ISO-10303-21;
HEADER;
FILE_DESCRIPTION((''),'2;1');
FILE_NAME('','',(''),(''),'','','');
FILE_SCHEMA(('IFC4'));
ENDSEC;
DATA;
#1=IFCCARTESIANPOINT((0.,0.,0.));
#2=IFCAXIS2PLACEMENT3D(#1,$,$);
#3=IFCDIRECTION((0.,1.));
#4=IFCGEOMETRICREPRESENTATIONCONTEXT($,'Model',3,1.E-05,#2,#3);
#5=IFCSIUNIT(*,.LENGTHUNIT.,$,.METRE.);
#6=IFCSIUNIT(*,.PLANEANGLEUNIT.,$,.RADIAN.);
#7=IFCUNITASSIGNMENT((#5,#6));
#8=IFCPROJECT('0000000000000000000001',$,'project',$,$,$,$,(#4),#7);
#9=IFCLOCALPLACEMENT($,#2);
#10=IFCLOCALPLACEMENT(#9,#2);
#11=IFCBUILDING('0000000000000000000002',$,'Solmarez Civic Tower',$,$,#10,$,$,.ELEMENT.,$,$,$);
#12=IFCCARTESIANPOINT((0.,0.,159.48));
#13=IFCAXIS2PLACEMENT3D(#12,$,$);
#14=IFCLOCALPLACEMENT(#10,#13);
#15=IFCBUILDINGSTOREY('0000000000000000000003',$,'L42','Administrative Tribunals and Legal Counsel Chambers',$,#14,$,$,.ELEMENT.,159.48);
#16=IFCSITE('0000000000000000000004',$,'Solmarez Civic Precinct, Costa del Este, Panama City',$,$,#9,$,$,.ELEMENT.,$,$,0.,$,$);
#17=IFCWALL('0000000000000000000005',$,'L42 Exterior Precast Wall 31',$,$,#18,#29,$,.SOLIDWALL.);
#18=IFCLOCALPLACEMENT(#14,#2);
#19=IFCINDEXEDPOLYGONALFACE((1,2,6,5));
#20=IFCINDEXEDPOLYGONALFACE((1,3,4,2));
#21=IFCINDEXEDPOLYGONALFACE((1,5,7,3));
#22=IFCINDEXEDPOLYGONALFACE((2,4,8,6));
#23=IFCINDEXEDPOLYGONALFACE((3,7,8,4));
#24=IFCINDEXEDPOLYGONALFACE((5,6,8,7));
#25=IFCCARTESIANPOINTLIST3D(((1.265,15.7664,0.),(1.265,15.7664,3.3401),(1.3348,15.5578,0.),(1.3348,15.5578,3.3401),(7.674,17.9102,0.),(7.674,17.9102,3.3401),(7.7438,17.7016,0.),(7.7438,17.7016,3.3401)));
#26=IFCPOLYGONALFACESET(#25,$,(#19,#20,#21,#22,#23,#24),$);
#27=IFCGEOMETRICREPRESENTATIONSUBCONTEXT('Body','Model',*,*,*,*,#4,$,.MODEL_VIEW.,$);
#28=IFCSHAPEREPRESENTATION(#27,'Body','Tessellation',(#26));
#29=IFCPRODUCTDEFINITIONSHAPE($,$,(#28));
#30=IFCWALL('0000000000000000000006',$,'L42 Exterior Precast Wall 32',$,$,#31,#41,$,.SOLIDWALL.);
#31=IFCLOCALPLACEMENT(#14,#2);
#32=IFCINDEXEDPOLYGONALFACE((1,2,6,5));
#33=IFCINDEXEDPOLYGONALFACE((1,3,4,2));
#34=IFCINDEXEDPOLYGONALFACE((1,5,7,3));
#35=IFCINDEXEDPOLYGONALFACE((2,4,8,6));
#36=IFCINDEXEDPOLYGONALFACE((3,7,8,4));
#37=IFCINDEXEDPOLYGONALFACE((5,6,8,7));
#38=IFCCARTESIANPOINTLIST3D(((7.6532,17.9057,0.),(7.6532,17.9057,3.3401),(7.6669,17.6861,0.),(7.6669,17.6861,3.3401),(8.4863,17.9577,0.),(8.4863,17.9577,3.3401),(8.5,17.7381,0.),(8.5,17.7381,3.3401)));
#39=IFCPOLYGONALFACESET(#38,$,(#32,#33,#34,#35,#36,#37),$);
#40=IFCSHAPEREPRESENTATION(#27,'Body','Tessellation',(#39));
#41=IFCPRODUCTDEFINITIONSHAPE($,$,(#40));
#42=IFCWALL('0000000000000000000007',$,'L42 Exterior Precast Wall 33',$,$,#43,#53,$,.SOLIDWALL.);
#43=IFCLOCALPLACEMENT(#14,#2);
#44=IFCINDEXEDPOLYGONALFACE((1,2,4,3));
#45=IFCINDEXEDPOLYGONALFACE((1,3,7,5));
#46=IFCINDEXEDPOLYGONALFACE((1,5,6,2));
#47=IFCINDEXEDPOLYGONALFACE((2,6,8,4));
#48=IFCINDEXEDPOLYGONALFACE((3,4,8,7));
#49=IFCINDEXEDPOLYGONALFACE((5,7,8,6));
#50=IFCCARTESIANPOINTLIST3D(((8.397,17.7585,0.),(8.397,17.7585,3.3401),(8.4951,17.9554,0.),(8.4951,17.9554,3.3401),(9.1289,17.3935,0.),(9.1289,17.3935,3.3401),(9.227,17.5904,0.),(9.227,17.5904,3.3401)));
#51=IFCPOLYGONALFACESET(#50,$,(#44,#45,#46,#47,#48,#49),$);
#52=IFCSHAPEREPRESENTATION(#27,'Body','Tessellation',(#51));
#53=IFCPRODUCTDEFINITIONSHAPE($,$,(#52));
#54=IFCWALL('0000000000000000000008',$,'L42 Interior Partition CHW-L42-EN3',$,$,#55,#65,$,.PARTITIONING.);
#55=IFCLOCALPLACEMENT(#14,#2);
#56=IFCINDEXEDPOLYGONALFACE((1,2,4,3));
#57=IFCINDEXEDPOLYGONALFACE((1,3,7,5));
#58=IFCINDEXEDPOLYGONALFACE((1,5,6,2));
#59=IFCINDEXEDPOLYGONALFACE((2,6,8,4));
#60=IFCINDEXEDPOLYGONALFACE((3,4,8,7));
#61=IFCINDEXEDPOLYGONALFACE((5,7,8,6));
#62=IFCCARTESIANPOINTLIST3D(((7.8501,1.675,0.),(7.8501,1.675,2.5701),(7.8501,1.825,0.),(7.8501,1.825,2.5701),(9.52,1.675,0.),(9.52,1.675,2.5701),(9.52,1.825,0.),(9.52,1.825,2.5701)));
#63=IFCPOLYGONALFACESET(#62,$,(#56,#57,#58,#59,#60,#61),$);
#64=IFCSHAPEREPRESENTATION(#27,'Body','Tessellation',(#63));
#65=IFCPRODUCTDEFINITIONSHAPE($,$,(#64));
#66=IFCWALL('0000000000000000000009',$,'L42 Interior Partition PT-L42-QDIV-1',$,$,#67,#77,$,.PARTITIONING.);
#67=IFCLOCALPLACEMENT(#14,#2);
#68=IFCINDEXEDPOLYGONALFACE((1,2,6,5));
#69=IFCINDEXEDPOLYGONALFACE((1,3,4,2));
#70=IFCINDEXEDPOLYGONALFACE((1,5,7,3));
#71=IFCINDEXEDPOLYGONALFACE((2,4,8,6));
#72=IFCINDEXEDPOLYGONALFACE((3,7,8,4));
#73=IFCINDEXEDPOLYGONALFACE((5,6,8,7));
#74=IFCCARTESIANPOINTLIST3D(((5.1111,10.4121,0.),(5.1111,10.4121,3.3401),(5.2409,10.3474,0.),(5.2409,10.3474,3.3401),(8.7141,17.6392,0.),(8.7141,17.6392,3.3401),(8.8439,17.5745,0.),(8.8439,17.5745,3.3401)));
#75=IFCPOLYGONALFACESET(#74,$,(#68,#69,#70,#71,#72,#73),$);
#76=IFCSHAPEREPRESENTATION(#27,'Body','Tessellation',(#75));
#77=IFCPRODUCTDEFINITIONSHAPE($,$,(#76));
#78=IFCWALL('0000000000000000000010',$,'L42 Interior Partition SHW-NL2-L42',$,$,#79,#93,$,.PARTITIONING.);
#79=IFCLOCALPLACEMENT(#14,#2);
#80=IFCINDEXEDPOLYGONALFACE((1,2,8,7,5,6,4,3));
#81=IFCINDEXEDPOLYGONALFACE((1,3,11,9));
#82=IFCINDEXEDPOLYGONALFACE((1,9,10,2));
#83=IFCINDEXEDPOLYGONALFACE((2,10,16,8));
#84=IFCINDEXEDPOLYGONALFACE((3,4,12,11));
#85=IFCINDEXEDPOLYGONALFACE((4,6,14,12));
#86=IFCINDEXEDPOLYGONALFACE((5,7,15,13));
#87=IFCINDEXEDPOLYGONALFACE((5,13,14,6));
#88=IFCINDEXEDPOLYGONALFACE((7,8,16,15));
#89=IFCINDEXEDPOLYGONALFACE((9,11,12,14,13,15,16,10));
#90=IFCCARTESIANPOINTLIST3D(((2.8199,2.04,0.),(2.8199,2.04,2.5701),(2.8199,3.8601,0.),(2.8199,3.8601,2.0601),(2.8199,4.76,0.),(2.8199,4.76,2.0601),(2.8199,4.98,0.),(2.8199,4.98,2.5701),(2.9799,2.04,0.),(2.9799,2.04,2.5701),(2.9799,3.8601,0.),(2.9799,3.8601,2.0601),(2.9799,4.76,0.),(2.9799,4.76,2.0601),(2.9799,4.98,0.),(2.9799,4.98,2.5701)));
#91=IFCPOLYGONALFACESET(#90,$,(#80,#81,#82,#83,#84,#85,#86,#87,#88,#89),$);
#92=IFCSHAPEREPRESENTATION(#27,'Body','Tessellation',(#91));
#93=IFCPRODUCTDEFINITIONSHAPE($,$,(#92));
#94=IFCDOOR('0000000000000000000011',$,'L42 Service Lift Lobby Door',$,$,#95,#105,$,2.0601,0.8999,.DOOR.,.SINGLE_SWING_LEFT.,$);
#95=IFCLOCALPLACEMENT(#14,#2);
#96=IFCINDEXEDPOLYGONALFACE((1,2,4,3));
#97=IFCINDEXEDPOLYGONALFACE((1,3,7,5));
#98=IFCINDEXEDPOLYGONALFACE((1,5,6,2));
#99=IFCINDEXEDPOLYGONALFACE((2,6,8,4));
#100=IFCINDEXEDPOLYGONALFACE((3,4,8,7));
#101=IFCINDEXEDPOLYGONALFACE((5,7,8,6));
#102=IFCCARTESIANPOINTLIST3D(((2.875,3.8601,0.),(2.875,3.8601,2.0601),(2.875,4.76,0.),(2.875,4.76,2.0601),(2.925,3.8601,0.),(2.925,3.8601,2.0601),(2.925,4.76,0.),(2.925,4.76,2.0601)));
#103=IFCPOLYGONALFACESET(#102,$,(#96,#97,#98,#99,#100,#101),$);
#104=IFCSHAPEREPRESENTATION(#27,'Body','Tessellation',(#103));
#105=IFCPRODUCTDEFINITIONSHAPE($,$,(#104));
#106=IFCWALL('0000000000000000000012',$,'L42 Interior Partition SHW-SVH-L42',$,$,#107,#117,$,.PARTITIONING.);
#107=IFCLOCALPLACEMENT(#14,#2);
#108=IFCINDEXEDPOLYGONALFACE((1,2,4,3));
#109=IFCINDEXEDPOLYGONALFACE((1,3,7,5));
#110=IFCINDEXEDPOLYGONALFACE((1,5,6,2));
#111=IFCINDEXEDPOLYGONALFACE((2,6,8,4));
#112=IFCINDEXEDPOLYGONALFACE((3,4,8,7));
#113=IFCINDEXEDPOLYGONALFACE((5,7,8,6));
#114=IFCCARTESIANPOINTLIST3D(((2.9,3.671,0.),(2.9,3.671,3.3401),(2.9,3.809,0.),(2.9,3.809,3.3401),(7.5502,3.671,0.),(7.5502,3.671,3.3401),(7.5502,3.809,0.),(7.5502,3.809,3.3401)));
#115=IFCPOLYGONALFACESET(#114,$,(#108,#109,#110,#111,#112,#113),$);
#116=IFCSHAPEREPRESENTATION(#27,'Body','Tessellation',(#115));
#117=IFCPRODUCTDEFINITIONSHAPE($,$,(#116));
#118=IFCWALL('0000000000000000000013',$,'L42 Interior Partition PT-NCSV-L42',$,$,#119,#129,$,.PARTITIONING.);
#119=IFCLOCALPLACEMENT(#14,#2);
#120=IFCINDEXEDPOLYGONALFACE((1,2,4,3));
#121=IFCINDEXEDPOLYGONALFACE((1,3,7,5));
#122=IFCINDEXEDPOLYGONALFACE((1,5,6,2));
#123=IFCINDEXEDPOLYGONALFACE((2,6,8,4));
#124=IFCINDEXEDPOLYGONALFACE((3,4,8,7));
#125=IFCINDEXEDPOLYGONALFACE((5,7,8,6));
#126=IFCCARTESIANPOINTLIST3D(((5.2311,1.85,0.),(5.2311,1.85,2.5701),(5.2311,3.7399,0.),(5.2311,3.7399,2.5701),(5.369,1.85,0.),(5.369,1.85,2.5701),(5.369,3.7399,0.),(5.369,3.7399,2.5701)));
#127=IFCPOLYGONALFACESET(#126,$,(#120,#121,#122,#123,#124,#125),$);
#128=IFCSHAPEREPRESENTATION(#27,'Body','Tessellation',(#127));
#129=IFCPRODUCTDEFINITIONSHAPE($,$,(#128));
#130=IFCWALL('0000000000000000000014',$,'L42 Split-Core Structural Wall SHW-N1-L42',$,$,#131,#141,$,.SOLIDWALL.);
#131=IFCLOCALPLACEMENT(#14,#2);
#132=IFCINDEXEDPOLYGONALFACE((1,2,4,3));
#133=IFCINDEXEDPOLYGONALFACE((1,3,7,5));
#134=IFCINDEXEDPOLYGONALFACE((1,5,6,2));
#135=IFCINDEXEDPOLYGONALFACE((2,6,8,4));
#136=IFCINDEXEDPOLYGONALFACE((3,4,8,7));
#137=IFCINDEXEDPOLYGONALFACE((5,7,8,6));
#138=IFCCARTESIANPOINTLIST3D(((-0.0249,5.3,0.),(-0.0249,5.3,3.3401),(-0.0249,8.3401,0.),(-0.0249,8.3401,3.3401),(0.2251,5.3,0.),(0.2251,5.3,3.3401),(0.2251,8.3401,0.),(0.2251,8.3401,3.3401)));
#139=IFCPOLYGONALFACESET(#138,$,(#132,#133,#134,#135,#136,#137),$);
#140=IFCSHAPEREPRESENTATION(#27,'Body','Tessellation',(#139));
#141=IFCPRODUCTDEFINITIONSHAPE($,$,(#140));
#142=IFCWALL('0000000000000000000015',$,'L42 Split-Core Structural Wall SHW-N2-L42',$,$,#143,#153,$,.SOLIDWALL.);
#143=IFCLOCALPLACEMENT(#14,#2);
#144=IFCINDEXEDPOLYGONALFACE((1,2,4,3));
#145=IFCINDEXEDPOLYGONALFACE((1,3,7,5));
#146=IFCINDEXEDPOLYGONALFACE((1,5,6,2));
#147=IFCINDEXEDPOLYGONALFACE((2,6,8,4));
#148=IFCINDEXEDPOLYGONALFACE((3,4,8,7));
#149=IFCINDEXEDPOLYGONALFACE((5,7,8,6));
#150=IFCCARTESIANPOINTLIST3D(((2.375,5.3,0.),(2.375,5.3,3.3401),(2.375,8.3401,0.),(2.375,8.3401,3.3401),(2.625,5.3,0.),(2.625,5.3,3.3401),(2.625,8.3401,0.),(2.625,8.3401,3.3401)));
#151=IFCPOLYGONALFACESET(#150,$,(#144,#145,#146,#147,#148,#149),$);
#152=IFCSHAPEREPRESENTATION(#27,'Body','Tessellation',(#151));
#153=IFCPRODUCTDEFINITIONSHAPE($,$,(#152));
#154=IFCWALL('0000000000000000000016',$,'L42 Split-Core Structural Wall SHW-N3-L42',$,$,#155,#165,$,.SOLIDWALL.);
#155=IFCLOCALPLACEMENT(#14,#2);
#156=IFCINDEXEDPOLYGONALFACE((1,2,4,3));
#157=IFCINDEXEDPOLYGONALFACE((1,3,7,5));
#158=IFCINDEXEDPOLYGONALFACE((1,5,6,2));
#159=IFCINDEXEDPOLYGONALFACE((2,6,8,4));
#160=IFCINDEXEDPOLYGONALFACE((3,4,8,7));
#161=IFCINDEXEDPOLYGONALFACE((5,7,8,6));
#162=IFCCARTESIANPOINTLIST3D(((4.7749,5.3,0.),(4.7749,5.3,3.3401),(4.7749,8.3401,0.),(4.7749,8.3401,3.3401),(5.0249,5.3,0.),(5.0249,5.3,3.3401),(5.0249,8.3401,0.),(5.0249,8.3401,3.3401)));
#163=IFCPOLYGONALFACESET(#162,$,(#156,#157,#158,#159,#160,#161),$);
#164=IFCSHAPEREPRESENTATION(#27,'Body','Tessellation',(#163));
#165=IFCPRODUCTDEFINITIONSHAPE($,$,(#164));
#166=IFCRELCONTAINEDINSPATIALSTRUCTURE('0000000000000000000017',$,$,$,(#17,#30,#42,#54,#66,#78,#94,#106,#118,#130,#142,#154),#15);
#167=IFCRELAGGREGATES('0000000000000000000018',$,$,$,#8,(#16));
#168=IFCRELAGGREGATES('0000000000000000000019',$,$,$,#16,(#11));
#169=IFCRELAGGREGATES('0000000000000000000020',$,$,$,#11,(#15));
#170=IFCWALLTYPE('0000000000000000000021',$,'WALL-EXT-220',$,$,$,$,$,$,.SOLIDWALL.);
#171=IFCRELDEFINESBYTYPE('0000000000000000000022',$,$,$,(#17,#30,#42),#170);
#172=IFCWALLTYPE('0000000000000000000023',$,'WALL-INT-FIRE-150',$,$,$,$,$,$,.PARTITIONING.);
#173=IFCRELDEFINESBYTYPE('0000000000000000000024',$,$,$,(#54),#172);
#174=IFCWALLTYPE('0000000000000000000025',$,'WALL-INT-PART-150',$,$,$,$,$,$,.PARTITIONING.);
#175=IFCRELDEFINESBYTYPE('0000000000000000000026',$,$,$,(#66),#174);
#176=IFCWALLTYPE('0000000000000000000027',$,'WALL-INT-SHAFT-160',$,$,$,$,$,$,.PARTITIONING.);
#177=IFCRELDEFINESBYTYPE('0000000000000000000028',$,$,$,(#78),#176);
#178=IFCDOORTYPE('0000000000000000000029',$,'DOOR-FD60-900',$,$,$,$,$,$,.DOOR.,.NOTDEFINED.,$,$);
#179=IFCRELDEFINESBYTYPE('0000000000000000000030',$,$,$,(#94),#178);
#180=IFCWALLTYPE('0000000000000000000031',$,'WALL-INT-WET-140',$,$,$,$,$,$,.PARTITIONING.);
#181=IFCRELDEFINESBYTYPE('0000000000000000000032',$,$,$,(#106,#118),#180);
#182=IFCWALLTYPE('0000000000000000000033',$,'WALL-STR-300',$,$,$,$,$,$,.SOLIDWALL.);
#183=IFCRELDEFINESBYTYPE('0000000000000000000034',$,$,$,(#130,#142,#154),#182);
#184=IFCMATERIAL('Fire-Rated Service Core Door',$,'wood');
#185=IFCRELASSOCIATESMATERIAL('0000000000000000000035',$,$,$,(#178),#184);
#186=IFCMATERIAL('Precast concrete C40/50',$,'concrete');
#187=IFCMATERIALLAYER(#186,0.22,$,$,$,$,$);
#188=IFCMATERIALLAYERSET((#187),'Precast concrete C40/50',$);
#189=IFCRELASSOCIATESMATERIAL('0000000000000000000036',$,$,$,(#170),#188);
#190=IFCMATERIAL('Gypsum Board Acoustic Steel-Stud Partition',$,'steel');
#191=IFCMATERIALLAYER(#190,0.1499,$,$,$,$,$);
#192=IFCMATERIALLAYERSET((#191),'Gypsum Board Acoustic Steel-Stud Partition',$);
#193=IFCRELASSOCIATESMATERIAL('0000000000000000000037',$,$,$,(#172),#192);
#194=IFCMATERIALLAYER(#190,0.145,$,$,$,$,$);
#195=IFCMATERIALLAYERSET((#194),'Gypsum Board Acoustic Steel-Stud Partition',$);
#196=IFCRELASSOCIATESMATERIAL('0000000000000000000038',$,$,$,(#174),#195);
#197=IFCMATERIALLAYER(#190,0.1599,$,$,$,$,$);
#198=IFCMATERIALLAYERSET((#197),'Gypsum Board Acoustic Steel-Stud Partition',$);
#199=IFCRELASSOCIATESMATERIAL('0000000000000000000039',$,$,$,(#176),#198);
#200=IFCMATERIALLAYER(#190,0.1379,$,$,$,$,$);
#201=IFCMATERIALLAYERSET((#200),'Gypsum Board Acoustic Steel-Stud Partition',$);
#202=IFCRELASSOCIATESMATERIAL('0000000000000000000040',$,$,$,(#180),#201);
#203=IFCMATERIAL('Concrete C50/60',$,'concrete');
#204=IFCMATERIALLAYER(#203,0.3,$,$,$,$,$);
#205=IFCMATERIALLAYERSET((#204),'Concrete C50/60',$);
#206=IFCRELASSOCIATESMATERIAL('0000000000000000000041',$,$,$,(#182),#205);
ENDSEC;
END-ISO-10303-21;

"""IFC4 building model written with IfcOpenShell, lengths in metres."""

from ifc_helpers import new_model, si_unit, direction, frame, frame_2d, origin, place, context, subcontext, project, spatial, rectangle, extrude, material, layer, layer_set, type_object, element, fill, save


model = new_model("IFC4")

# Units and contexts
model_context = context("Model", 3, precision=1e-05, world=origin(), true_north=direction((0.0, 1.0)))
body_context = subcontext(model_context, "Body", "Model", "MODEL_VIEW")
ifc_project = project(units=[si_unit("LENGTHUNIT", "METRE"), si_unit("PLANEANGLEUNIT", "RADIAN")], contexts=[model_context])

# Site, building, storey
site_placement = place(None, origin())
site = spatial("IfcSite", under=ifc_project, at=site_placement, Name="Solmarez Civic Precinct, Costa del Este, Panama City", CompositionType="ELEMENT", RefElevation=0.0)
building_placement = place(site_placement, origin())
building = spatial("IfcBuilding", under=site, at=building_placement, Name="Solmarez Civic Tower", CompositionType="ELEMENT")
storey_placement = place(building_placement, frame((0.0, 0.0, 159.48)))
storey = spatial("IfcBuildingStorey", under=building, at=storey_placement, Name="L42", Description="Administrative Tribunals and Legal Counsel Chambers", CompositionType="ELEMENT", Elevation=159.48)

# Shared definitions
ifc_material_1 = material(Name="Concrete C50/60", Category="concrete")

# Shared definitions
ifc_material_2 = material(Name="Fire-Rated Service Core Door", Category="wood")
door_type_1 = type_object("IfcDoorType", Name="DOOR-FD60-900", OperationType="NOTDEFINED", PredefinedType="DOOR", material=ifc_material_2)

# Walls
ifc_material_3 = material(Name="Precast concrete C40/50", Category="concrete")
ifc_layer_1 = layer(ifc_material_3, 0.22)
ifc_layer_set_1 = layer_set([ifc_layer_1], Name="Precast concrete C40/50")
wall_type_1 = type_object("IfcWallType", Name="WALL-EXT-220", PredefinedType="SOLIDWALL", material=ifc_layer_set_1)
wall_1_placement = place(storey_placement, frame((1.3, 15.6621, 0.0), z_axis=(0.0, 0.0, 1.0), x_axis=(0.94835, 0.317225, 0.0)))
element("IfcWall", 1, at=wall_1_placement, inside=storey, type_object=wall_type_1, Name="L42 Exterior Precast Wall 31", PredefinedType="SOLIDWALL", context=body_context, shape_type="SweptSolid", body=[
    extrude(rectangle(XDim=6.7581, YDim=0.22, at=frame_2d((3.3789, 0.0))), origin(), (0.0, 0.0, 1.0), 3.3401),
])
wall_2_placement = place(storey_placement, frame((7.6599, 17.7959, 0.0), z_axis=(0.0, 0.0, 1.0), x_axis=(0.998057, 0.062305, 0.0)))
element("IfcWall", 2, at=wall_2_placement, inside=storey, type_object=wall_type_1, Name="L42 Exterior Precast Wall 32", PredefinedType="SOLIDWALL", context=body_context, shape_type="SweptSolid", body=[
    extrude(rectangle(XDim=0.8347, YDim=0.22, at=frame_2d((0.4175, 0.0))), origin(), (0.0, 0.0, 1.0), 3.3401),
])
wall_3_placement = place(storey_placement, frame((8.446, 17.8569, 0.0), z_axis=(0.0, 0.0, 1.0), x_axis=(0.894904, -0.446258, 0.0)))
element("IfcWall", 3, at=wall_3_placement, inside=storey, type_object=wall_type_1, Name="L42 Exterior Precast Wall 33", PredefinedType="SOLIDWALL", context=body_context, shape_type="SweptSolid", body=[
    extrude(rectangle(XDim=0.8179, YDim=0.22, at=frame_2d((0.4089, 0.0))), origin(), (0.0, 0.0, 1.0), 3.3401),
])
ifc_material_4 = material(Name="Gypsum Board Acoustic Steel-Stud Partition", Category="steel")
ifc_layer_2 = layer(ifc_material_4, 0.1499)
ifc_layer_set_2 = layer_set([ifc_layer_2], Name="Gypsum Board Acoustic Steel-Stud Partition")
wall_type_2 = type_object("IfcWallType", Name="WALL-INT-FIRE-150", PredefinedType="PARTITIONING", material=ifc_layer_set_2)
wall_4_placement = place(storey_placement, frame((7.8501, 1.75, 0.0), z_axis=(0.0, 0.0, 1.0), x_axis=(1.0, 0.0, 0.0)))
element("IfcWall", 4, at=wall_4_placement, inside=storey, type_object=wall_type_2, Name="L42 Interior Partition CHW-L42-EN3", PredefinedType="PARTITIONING", context=body_context, shape_type="SweptSolid", body=[
    extrude(rectangle(XDim=1.6699, YDim=0.1499, at=frame_2d((0.835, 0.0))), origin(), (0.0, 0.0, 1.0), 2.5701),
])
ifc_layer_3 = layer(ifc_material_4, 0.145)
ifc_layer_set_3 = layer_set([ifc_layer_3], Name="Gypsum Board Acoustic Steel-Stud Partition")
wall_type_3 = type_object("IfcWallType", Name="WALL-INT-PART-150", PredefinedType="PARTITIONING", material=ifc_layer_set_3)
wall_5_placement = place(storey_placement, frame((5.176, 10.3799, 0.0), z_axis=(0.0, 0.0, 1.0), x_axis=(0.446173, 0.894947, 0.0)))
element("IfcWall", 5, at=wall_5_placement, inside=storey, type_object=wall_type_3, Name="L42 Interior Partition PT-L42-QDIV-1", PredefinedType="PARTITIONING", context=body_context, shape_type="SweptSolid", body=[
    extrude(rectangle(XDim=8.0754, YDim=0.145, at=frame_2d((4.0376, 0.0))), origin(), (0.0, 0.0, 1.0), 3.3401),
])

# Wall, opening, door
ifc_layer_4 = layer(ifc_material_4, 0.1599)
ifc_layer_set_4 = layer_set([ifc_layer_4], Name="Gypsum Board Acoustic Steel-Stud Partition")
wall_type_4 = type_object("IfcWallType", Name="WALL-INT-SHAFT-160", PredefinedType="PARTITIONING", material=ifc_layer_set_4)
wall_6_placement = place(storey_placement, frame((2.8999, 2.04, 0.0), z_axis=(0.0, 0.0, 1.0), x_axis=(0.0, 1.0, 0.0)))
wall_6 = element("IfcWall", 6, at=wall_6_placement, inside=storey, type_object=wall_type_4, Name="L42 Interior Partition SHW-NL2-L42", PredefinedType="PARTITIONING", context=body_context, shape_type="SweptSolid", body=[
    extrude(rectangle(XDim=2.9399, YDim=0.1599, at=frame_2d((1.47, 0.0))), origin(), (0.0, 0.0, 1.0), 2.5701),
])
opening_1_placement = place(wall_6_placement, frame((1.8201, 0.0, 0.0)))
opening_1 = element("IfcOpeningElement", 7, at=opening_1_placement, cuts=wall_6, PredefinedType="OPENING", context=body_context, shape_type="SweptSolid", body=[
    extrude(rectangle(XDim=0.8999, YDim=2.0601, at=frame_2d((0.45, 1.03))), frame((0.0, 0.0898, 0.0), z_axis=(0.0, -1.0, 0.0), x_axis=(1.0, 0.0, 0.0)), (0.0, 0.0, 1.0), 0.1799),
])
door_1_placement = place(opening_1_placement, origin())
door_1 = element("IfcDoor", 8, at=door_1_placement, inside=storey, type_object=door_type_1, Name="L42 Service Lift Lobby Door", OperationType="SINGLE_SWING_LEFT", OverallHeight=2.0601, OverallWidth=0.8999, PredefinedType="DOOR", context=body_context, shape_type="SweptSolid", body=[
    extrude(rectangle(XDim=0.8999, YDim=2.0601, at=frame_2d((0.45, 1.03))), frame((0.0, 0.0249, 0.0), z_axis=(0.0, -1.0, 0.0), x_axis=(1.0, 0.0, 0.0)), (0.0, 0.0, 1.0), 0.05),
])
fill(opening_1, door_1)

# Walls
ifc_layer_5 = layer(ifc_material_4, 0.1379)
ifc_layer_set_5 = layer_set([ifc_layer_5], Name="Gypsum Board Acoustic Steel-Stud Partition")
wall_type_5 = type_object("IfcWallType", Name="WALL-INT-WET-140", PredefinedType="PARTITIONING", material=ifc_layer_set_5)
wall_7_placement = place(storey_placement, frame((2.8999, 3.74, 0.0), z_axis=(0.0, 0.0, 1.0), x_axis=(1.0, 0.0, 0.0)))
element("IfcWall", 9, at=wall_7_placement, inside=storey, type_object=wall_type_5, Name="L42 Interior Partition SHW-SVH-L42", PredefinedType="PARTITIONING", context=body_context, shape_type="SweptSolid", body=[
    extrude(rectangle(XDim=4.6501, YDim=0.1379, at=frame_2d((2.3252, 0.0))), origin(), (0.0, 0.0, 1.0), 3.3401),
])
wall_8_placement = place(storey_placement, frame((5.3, 1.8501, 0.0), z_axis=(0.0, 0.0, 1.0), x_axis=(0.0, 1.0, 0.0)))
element("IfcWall", 10, at=wall_8_placement, inside=storey, type_object=wall_type_5, Name="L42 Interior Partition PT-NCSV-L42", PredefinedType="PARTITIONING", context=body_context, shape_type="SweptSolid", body=[
    extrude(rectangle(XDim=1.8899, YDim=0.1379, at=frame_2d((0.9448, 0.0))), origin(), (0.0, 0.0, 1.0), 2.5701),
])

# Shared definitions
ifc_layer_6 = layer(ifc_material_1, 0.3)
ifc_layer_set_6 = layer_set([ifc_layer_6], Name="Concrete C50/60")
wall_type_6 = type_object("IfcWallType", Name="WALL-STR-300", PredefinedType="SOLIDWALL", material=ifc_layer_set_6)

# Walls
for number, where, z_axis, x_axis, name in (
    (11, (0.1001, 5.3, 0.0), (0.0, 0.0, 1.0), (0.0, 1.0, 0.0), "L42 Split-Core Structural Wall SHW-N1-L42"),
    (12, (2.5, 5.3, 0.0), (0.0, 0.0, 1.0), (0.0, 1.0, 0.0), "L42 Split-Core Structural Wall SHW-N2-L42"),
    (13, (4.8999, 5.3, 0.0), (0.0, 0.0, 1.0), (0.0, 1.0, 0.0), "L42 Split-Core Structural Wall SHW-N3-L42"),
):
    element("IfcWall", number, at=place(storey_placement, frame(where, z_axis=z_axis, x_axis=x_axis)), inside=storey, type_object=wall_type_6, Name=name, PredefinedType="SOLIDWALL", context=body_context, shape_type="SweptSolid", body=[
        extrude(rectangle(XDim=3.04, YDim=0.25, at=frame_2d((1.52, 0.0))), origin(), (0.0, 0.0, 1.0), 3.3401),
    ])

save(model, "model.ifc")
